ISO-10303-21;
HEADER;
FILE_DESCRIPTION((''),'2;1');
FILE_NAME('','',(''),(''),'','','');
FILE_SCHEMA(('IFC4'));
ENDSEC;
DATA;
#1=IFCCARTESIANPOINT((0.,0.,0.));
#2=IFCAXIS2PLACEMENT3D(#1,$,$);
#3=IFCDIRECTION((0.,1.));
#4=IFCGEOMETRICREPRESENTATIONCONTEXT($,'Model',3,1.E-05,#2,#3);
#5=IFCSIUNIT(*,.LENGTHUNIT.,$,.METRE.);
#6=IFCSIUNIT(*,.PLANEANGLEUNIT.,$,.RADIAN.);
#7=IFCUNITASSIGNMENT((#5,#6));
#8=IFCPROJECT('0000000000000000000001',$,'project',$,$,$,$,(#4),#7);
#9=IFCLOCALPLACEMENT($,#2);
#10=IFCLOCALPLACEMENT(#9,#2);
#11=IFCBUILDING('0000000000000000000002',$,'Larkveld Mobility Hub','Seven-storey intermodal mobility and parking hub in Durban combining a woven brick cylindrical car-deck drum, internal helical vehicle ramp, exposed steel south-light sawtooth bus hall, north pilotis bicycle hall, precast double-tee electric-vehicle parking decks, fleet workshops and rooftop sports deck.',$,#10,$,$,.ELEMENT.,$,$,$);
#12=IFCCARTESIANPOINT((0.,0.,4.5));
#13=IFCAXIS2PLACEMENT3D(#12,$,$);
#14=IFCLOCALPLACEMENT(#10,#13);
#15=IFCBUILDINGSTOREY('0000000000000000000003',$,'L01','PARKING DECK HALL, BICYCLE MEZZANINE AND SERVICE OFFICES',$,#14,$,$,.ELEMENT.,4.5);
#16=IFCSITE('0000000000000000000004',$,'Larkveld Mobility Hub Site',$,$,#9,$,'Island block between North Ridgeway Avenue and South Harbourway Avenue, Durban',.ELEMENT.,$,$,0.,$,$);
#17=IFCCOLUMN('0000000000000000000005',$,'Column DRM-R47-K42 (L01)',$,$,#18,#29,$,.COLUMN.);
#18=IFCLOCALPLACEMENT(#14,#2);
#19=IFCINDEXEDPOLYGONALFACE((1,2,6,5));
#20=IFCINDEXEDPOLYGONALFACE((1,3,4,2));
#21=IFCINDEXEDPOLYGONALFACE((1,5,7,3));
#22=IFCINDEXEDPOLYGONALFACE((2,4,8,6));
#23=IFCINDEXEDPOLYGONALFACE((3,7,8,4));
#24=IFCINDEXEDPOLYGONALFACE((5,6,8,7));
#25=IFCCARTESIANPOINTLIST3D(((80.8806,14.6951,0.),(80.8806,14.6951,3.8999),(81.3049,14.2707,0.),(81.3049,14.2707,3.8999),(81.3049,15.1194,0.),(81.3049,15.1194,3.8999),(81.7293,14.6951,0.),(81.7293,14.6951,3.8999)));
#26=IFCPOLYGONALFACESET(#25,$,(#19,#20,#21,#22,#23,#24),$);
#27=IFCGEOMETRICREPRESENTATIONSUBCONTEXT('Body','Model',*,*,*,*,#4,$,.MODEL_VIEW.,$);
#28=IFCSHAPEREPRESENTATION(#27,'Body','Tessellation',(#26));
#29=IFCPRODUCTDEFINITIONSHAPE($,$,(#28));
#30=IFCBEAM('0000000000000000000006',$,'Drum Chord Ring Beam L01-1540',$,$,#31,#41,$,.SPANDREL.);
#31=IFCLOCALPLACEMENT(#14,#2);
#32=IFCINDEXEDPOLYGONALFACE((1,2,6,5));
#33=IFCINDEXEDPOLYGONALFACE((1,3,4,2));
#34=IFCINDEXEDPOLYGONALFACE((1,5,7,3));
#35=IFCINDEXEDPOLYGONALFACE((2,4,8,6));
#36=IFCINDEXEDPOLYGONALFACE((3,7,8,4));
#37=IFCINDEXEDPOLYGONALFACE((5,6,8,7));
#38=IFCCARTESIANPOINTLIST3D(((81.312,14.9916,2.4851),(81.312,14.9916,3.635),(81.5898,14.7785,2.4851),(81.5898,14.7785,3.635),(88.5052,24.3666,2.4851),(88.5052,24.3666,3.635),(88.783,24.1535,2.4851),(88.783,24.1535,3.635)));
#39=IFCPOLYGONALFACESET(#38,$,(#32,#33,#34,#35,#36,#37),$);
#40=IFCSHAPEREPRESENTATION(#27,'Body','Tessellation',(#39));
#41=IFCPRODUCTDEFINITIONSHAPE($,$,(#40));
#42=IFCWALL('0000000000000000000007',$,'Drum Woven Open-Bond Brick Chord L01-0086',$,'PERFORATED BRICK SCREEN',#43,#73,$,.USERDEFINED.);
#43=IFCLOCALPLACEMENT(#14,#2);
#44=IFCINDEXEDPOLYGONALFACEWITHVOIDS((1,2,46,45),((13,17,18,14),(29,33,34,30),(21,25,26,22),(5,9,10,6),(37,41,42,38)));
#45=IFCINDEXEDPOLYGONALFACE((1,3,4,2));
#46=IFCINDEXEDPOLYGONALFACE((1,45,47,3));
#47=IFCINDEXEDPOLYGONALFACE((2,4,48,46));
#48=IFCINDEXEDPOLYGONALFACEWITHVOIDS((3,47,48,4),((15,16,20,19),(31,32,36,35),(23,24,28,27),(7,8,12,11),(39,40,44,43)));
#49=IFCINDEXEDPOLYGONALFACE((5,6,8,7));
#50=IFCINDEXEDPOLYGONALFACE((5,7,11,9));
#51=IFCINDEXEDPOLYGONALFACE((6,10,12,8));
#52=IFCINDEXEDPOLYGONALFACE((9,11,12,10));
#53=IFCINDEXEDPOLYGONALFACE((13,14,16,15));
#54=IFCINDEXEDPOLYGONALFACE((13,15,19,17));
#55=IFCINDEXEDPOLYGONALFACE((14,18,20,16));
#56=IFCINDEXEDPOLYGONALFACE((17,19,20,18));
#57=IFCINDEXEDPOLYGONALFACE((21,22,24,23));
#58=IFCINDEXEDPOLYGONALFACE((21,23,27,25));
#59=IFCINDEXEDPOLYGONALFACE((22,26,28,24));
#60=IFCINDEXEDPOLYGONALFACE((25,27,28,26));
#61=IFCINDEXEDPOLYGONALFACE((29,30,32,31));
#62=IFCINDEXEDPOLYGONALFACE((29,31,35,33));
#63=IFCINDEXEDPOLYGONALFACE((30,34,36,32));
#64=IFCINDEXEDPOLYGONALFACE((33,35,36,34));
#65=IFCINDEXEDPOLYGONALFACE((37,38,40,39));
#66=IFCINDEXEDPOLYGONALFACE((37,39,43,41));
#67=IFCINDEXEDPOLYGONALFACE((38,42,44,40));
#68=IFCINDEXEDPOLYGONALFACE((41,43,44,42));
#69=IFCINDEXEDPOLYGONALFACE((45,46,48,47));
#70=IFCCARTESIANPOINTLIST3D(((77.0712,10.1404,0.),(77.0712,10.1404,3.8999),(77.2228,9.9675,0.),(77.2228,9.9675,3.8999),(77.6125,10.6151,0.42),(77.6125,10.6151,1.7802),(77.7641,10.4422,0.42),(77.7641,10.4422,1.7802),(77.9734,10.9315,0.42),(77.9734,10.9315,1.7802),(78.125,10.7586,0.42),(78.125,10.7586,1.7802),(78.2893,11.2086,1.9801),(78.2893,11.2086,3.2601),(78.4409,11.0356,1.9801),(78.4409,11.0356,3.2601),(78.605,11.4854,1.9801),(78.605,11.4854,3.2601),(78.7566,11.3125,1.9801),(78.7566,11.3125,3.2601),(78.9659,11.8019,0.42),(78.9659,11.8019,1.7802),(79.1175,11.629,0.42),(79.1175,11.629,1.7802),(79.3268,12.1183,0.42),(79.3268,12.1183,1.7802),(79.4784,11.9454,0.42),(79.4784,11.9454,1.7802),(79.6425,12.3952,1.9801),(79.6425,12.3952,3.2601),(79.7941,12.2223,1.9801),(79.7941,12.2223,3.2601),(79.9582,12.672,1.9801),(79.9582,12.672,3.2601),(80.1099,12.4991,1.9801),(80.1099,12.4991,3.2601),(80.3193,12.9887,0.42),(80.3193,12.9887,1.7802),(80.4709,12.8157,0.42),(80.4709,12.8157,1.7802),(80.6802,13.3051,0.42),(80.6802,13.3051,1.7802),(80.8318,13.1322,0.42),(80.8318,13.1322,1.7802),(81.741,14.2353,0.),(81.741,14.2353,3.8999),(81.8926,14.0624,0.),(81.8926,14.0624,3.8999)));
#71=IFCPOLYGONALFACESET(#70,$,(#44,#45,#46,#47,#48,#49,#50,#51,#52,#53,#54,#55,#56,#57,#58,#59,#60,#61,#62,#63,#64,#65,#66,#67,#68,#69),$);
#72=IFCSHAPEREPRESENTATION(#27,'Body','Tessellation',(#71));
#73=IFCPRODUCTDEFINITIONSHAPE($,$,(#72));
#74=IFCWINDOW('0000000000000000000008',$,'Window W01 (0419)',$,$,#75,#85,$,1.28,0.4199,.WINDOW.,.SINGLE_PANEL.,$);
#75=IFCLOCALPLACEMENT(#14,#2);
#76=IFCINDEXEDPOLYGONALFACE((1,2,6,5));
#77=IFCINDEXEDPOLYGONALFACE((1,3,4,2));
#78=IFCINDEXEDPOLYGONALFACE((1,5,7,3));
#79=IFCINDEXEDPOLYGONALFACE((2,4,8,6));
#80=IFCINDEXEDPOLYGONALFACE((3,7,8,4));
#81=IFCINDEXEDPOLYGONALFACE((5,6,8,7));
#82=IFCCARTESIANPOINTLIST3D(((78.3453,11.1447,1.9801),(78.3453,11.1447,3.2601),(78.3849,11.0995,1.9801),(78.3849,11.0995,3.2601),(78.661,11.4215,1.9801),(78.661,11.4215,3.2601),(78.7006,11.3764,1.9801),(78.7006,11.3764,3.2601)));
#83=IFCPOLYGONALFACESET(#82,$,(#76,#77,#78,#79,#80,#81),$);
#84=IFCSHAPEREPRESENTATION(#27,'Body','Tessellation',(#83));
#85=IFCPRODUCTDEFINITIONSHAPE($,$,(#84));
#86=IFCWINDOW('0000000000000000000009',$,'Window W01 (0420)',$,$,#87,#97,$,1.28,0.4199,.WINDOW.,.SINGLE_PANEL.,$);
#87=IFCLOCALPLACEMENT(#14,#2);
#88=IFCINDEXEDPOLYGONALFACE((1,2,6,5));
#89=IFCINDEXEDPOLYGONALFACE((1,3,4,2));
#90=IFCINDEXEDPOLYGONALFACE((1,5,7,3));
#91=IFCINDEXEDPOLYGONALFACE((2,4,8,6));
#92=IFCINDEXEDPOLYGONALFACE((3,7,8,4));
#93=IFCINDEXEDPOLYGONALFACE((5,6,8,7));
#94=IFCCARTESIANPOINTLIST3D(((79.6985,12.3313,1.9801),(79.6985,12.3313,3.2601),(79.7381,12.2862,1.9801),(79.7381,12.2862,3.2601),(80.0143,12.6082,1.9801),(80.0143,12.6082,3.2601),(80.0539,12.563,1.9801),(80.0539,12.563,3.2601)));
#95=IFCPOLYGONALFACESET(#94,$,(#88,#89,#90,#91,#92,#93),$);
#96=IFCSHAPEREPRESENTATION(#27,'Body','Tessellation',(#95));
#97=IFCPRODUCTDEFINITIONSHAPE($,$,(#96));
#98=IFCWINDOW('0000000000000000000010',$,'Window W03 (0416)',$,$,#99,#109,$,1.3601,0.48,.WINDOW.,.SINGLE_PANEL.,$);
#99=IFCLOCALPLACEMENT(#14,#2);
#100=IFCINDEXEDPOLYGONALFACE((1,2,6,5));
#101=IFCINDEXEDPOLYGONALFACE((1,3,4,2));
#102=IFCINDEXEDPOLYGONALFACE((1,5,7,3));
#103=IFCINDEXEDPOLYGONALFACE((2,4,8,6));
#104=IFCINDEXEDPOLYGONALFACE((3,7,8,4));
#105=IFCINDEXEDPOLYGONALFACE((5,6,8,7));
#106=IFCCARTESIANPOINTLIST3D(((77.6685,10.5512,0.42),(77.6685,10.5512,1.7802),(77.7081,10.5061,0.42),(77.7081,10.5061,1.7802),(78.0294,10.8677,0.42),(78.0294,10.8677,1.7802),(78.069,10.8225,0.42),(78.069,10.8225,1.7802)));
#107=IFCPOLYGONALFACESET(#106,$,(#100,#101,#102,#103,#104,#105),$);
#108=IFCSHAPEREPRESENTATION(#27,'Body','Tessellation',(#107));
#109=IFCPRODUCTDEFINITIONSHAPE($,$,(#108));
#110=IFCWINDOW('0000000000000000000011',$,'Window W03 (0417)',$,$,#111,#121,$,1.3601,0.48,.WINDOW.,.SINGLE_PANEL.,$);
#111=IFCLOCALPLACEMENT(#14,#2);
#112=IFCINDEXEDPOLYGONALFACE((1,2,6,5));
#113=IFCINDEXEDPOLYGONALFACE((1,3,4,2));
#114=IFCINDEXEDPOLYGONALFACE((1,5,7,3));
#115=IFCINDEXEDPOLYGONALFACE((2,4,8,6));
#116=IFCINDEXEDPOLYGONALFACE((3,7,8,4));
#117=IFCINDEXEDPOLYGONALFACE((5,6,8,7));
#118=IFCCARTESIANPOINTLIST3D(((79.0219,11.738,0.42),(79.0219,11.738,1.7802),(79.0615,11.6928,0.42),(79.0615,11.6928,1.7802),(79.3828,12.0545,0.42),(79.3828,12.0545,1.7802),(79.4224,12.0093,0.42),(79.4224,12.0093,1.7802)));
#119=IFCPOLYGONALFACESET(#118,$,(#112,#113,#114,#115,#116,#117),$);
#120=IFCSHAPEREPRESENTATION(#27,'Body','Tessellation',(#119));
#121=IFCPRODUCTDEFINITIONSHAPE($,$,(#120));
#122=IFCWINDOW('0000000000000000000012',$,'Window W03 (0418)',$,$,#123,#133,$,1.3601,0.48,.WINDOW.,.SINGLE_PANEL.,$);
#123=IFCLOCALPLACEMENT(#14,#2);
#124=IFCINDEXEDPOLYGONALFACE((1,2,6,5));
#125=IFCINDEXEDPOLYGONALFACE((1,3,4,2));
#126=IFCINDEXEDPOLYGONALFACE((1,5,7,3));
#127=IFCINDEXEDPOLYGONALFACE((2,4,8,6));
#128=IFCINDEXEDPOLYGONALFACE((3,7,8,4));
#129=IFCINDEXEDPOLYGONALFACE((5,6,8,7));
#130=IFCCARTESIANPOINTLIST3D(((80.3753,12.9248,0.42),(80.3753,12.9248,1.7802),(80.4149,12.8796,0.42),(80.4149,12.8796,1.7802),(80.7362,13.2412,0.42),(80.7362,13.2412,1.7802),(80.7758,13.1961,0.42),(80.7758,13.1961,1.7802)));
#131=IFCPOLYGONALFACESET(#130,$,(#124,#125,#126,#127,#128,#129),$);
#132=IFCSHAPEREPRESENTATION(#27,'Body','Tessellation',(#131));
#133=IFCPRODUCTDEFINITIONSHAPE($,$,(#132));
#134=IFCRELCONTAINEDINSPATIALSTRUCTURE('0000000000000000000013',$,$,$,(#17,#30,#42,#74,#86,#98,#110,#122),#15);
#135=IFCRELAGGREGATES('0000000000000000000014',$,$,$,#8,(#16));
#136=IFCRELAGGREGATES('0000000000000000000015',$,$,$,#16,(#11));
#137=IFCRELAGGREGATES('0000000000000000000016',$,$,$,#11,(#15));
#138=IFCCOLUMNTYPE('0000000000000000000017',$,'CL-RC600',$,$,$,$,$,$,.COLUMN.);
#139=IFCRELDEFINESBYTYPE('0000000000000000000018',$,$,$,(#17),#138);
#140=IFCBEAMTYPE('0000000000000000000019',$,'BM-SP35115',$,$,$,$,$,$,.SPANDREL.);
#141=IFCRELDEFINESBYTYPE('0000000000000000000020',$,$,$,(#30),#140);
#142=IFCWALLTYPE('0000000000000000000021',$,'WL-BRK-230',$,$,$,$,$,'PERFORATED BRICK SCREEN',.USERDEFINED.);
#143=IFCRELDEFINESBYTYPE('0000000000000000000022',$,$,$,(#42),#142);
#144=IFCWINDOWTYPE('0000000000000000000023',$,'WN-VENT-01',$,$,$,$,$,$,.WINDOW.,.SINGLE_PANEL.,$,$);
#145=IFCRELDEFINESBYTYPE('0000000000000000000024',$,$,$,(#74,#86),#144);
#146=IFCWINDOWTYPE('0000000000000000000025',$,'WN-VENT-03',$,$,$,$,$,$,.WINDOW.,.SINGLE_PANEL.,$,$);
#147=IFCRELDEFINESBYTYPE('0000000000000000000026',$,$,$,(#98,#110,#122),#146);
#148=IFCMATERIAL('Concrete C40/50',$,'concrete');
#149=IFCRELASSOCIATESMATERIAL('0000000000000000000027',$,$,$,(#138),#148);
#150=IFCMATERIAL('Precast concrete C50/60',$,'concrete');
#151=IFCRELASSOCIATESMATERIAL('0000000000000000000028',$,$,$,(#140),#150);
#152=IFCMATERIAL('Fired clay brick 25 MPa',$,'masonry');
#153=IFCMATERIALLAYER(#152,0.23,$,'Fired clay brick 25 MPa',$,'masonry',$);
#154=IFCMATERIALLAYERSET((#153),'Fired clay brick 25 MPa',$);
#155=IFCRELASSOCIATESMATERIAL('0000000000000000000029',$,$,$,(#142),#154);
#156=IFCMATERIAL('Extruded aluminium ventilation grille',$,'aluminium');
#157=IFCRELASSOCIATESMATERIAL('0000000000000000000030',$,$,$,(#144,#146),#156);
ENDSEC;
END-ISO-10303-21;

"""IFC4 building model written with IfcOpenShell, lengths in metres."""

from ifc_helpers import new_model, si_unit, direction, frame, frame_2d, origin, origin_2d, place, context, subcontext, project, spatial, rectangle, extrude, material, layer, layer_set, material_profile, profile_set, type_object, element, fill, save


model = new_model("IFC4")

# Units and contexts
model_context = context("Model", 3, precision=1e-05, world=origin(), true_north=direction((0.0, 1.0)))
body_context = subcontext(model_context, "Body", "Model", "MODEL_VIEW")
ifc_project = project(units=[si_unit("LENGTHUNIT", "METRE"), si_unit("PLANEANGLEUNIT", "RADIAN")], contexts=[model_context])

# Site, building, storey
site_placement = place(None, origin())
site = spatial("IfcSite", under=ifc_project, at=site_placement, Name="Larkveld Mobility Hub Site", LongName="Island block between North Ridgeway Avenue and South Harbourway Avenue, Durban", CompositionType="ELEMENT", RefElevation=0.0)
building_placement = place(site_placement, origin())
building = spatial("IfcBuilding", under=site, at=building_placement, Name="Larkveld Mobility Hub", Description="Seven-storey intermodal mobility and parking hub in Durban combining a woven brick cylindrical car-deck drum, internal helical vehicle ramp, exposed steel south-light sawtooth bus hall, north pilotis bicycle hall, precast double-tee electric-vehicle parking decks, fleet workshops and rooftop sports deck.", CompositionType="ELEMENT")
storey_placement = place(building_placement, frame((0.0, 0.0, 4.5)))
storey = spatial("IfcBuildingStorey", under=building, at=storey_placement, Name="L01", Description="PARKING DECK HALL, BICYCLE MEZZANINE AND SERVICE OFFICES", CompositionType="ELEMENT", Elevation=4.5)

# Column
ifc_material_1 = material(Name="Concrete C40/50", Category="concrete")
ifc_material_profile_1 = material_profile(ifc_material_1, rectangle(XDim=0.6001, YDim=0.6001, at=origin_2d()), Name="RC COL 600x600")
ifc_profile_set_1 = profile_set([ifc_material_profile_1], Name="Concrete C40/50")
column_type = type_object("IfcColumnType", Name="CL-RC600", PredefinedType="COLUMN", material=ifc_profile_set_1)
column_placement = place(storey_placement, frame((81.3049, 14.6951, 0.0), z_axis=(0.0, 0.0, 1.0), x_axis=(-0.707107, 0.707107, 0.0)))
element("IfcColumn", 1, at=column_placement, inside=storey, type_object=column_type, Name="Column DRM-R47-K42 (L01)", PredefinedType="COLUMN", context=body_context, shape_type="SweptSolid", body=[
    extrude(rectangle(XDim=0.6001, YDim=0.6001, at=origin_2d()), origin(), (0.0, 0.0, 1.0), 3.8999),
])

# Beam
ifc_material_2 = material(Name="Precast concrete C50/60", Category="concrete")
ifc_material_profile_2 = material_profile(ifc_material_2, rectangle(XDim=0.3501, YDim=1.1499, at=origin_2d()), Name="PC SP 350x1150")
ifc_profile_set_2 = profile_set([ifc_material_profile_2], Name="Precast concrete C50/60")
beam_type = type_object("IfcBeamType", Name="BM-SP35115", PredefinedType="SPANDREL", material=ifc_profile_set_2)
beam_placement = place(storey_placement, frame((81.4509, 14.885, 3.0601), z_axis=(0.608731, 0.793377, 0.0), x_axis=(-0.793377, 0.608731, 0.0)))
element("IfcBeam", 2, at=beam_placement, inside=storey, type_object=beam_type, Name="Drum Chord Ring Beam L01-1540", PredefinedType="SPANDREL", context=body_context, shape_type="SweptSolid", body=[
    extrude(rectangle(XDim=0.3501, YDim=1.1499, at=origin_2d()), origin(), (0.0, 0.0, 1.0), 11.8167),
])

# Wall, openings, windows
ifc_material_3 = material(Name="Fired clay brick 25 MPa", Category="masonry")
ifc_layer_1 = layer(ifc_material_3, 0.23, Name="Fired clay brick 25 MPa", Category="masonry")
ifc_layer_set_1 = layer_set([ifc_layer_1], Name="Fired clay brick 25 MPa")
wall_type_1 = type_object("IfcWallType", Name="WL-BRK-230", ElementType="PERFORATED BRICK SCREEN", PredefinedType="USERDEFINED", material=ifc_layer_set_1)
wall_1_placement = place(storey_placement, frame((77.147, 10.054, 0.0), z_axis=(0.0, 0.0, 1.0), x_axis=(0.751875, 0.659306, 0.0)))
wall_1 = element("IfcWall", 3, at=wall_1_placement, inside=storey, type_object=wall_type_1, Name="Drum Woven Open-Bond Brick Chord L01-0086", ObjectType="PERFORATED BRICK SCREEN", PredefinedType="USERDEFINED", context=body_context, shape_type="SweptSolid", body=[
    extrude(rectangle(XDim=6.2109, YDim=0.23, at=frame_2d((3.1055, 0.0))), origin(), (0.0, 0.0, 1.0), 3.8999),
])
opening_1_placement = place(wall_1_placement, frame((0.72, 0.0, 0.4199)))
opening_1 = element("IfcOpeningElement", 4, at=opening_1_placement, cuts=wall_1, PredefinedType="OPENING", context=body_context, shape_type="SweptSolid", body=[
    extrude(rectangle(XDim=0.48, YDim=1.3601, at=frame_2d((0.24, 0.6802))), frame((0.0, 0.125, 0.0), z_axis=(0.0, -1.0, 0.0), x_axis=(1.0, 0.0, 0.0)), (0.0, 0.0, 1.0), 0.25),
])
opening_2_placement = place(wall_1_placement, frame((2.52, 0.0, 0.4199)))
opening_2 = element("IfcOpeningElement", 5, at=opening_2_placement, cuts=wall_1, PredefinedType="OPENING", context=body_context, shape_type="SweptSolid", body=[
    extrude(rectangle(XDim=0.48, YDim=1.3601, at=frame_2d((0.24, 0.6802))), frame((0.0, 0.125, 0.0), z_axis=(0.0, -1.0, 0.0), x_axis=(1.0, 0.0, 0.0)), (0.0, 0.0, 1.0), 0.25),
])
opening_3_placement = place(wall_1_placement, frame((4.3201, 0.0, 0.4199)))
opening_3 = element("IfcOpeningElement", 6, at=opening_3_placement, cuts=wall_1, PredefinedType="OPENING", context=body_context, shape_type="SweptSolid", body=[
    extrude(rectangle(XDim=0.48, YDim=1.3601, at=frame_2d((0.24, 0.6802))), frame((0.0, 0.125, 0.0), z_axis=(0.0, -1.0, 0.0), x_axis=(1.0, 0.0, 0.0)), (0.0, 0.0, 1.0), 0.25),
])
opening_4_placement = place(wall_1_placement, frame((1.6201, 0.0, 1.98)))
opening_4 = element("IfcOpeningElement", 7, at=opening_4_placement, cuts=wall_1, PredefinedType="OPENING", context=body_context, shape_type="SweptSolid", body=[
    extrude(rectangle(XDim=0.4199, YDim=1.28, at=frame_2d((0.21, 0.6401))), frame((0.0, 0.125, 0.0), z_axis=(0.0, -1.0, 0.0), x_axis=(1.0, 0.0, 0.0)), (0.0, 0.0, 1.0), 0.25),
])
opening_5_placement = place(wall_1_placement, frame((3.4199, 0.0, 1.98)))
opening_5 = element("IfcOpeningElement", 8, at=opening_5_placement, cuts=wall_1, PredefinedType="OPENING", context=body_context, shape_type="SweptSolid", body=[
    extrude(rectangle(XDim=0.4199, YDim=1.28, at=frame_2d((0.21, 0.6401))), frame((0.0, 0.125, 0.0), z_axis=(0.0, -1.0, 0.0), x_axis=(1.0, 0.0, 0.0)), (0.0, 0.0, 1.0), 0.25),
])
ifc_material_4 = material(Name="Extruded aluminium ventilation grille", Category="aluminium")
window_type_1 = type_object("IfcWindowType", Name="WN-VENT-01", PartitioningType="SINGLE_PANEL", PredefinedType="WINDOW", material=ifc_material_4)
window_1_placement = place(opening_4_placement, origin())
window_1 = element("IfcWindow", 9, at=window_1_placement, inside=storey, type_object=window_type_1, Name="Window W01 (0419)", OverallHeight=1.28, OverallWidth=0.4199, PartitioningType="SINGLE_PANEL", PredefinedType="WINDOW", context=body_context, shape_type="SweptSolid", body=[
    extrude(rectangle(XDim=0.4199, YDim=1.28, at=frame_2d((0.21, 0.6401))), frame((0.0, 0.03, 0.0), z_axis=(0.0, -1.0, 0.0), x_axis=(1.0, 0.0, 0.0)), (0.0, 0.0, 1.0), 0.0601),
])
fill(opening_4, window_1)
window_2_placement = place(opening_5_placement, origin())
window_2 = element("IfcWindow", 10, at=window_2_placement, inside=storey, type_object=window_type_1, Name="Window W01 (0420)", OverallHeight=1.28, OverallWidth=0.4199, PartitioningType="SINGLE_PANEL", PredefinedType="WINDOW", context=body_context, shape_type="SweptSolid", body=[
    extrude(rectangle(XDim=0.4199, YDim=1.28, at=frame_2d((0.21, 0.6401))), frame((0.0, 0.03, 0.0), z_axis=(0.0, -1.0, 0.0), x_axis=(1.0, 0.0, 0.0)), (0.0, 0.0, 1.0), 0.0601),
])
fill(opening_5, window_2)
window_type_2 = type_object("IfcWindowType", Name="WN-VENT-03", PartitioningType="SINGLE_PANEL", PredefinedType="WINDOW", material=ifc_material_4)
window_3_placement = place(opening_1_placement, origin())
window_3 = element("IfcWindow", 11, at=window_3_placement, inside=storey, type_object=window_type_2, Name="Window W03 (0416)", OverallHeight=1.3601, OverallWidth=0.48, PartitioningType="SINGLE_PANEL", PredefinedType="WINDOW", context=body_context, shape_type="SweptSolid", body=[
    extrude(rectangle(XDim=0.48, YDim=1.3601, at=frame_2d((0.24, 0.6802))), frame((0.0, 0.03, 0.0), z_axis=(0.0, -1.0, 0.0), x_axis=(1.0, 0.0, 0.0)), (0.0, 0.0, 1.0), 0.0601),
])
fill(opening_1, window_3)
window_4_placement = place(opening_2_placement, origin())
window_4 = element("IfcWindow", 12, at=window_4_placement, inside=storey, type_object=window_type_2, Name="Window W03 (0417)", OverallHeight=1.3601, OverallWidth=0.48, PartitioningType="SINGLE_PANEL", PredefinedType="WINDOW", context=body_context, shape_type="SweptSolid", body=[
    extrude(rectangle(XDim=0.48, YDim=1.3601, at=frame_2d((0.24, 0.6802))), frame((0.0, 0.03, 0.0), z_axis=(0.0, -1.0, 0.0), x_axis=(1.0, 0.0, 0.0)), (0.0, 0.0, 1.0), 0.0601),
])
fill(opening_2, window_4)
window_5_placement = place(opening_3_placement, origin())
window_5 = element("IfcWindow", 13, at=window_5_placement, inside=storey, type_object=window_type_2, Name="Window W03 (0418)", OverallHeight=1.3601, OverallWidth=0.48, PartitioningType="SINGLE_PANEL", PredefinedType="WINDOW", context=body_context, shape_type="SweptSolid", body=[
    extrude(rectangle(XDim=0.48, YDim=1.3601, at=frame_2d((0.24, 0.6802))), frame((0.0, 0.03, 0.0), z_axis=(0.0, -1.0, 0.0), x_axis=(1.0, 0.0, 0.0)), (0.0, 0.0, 1.0), 0.0601),
])
fill(opening_3, window_5)

save(model, "model.ifc")
